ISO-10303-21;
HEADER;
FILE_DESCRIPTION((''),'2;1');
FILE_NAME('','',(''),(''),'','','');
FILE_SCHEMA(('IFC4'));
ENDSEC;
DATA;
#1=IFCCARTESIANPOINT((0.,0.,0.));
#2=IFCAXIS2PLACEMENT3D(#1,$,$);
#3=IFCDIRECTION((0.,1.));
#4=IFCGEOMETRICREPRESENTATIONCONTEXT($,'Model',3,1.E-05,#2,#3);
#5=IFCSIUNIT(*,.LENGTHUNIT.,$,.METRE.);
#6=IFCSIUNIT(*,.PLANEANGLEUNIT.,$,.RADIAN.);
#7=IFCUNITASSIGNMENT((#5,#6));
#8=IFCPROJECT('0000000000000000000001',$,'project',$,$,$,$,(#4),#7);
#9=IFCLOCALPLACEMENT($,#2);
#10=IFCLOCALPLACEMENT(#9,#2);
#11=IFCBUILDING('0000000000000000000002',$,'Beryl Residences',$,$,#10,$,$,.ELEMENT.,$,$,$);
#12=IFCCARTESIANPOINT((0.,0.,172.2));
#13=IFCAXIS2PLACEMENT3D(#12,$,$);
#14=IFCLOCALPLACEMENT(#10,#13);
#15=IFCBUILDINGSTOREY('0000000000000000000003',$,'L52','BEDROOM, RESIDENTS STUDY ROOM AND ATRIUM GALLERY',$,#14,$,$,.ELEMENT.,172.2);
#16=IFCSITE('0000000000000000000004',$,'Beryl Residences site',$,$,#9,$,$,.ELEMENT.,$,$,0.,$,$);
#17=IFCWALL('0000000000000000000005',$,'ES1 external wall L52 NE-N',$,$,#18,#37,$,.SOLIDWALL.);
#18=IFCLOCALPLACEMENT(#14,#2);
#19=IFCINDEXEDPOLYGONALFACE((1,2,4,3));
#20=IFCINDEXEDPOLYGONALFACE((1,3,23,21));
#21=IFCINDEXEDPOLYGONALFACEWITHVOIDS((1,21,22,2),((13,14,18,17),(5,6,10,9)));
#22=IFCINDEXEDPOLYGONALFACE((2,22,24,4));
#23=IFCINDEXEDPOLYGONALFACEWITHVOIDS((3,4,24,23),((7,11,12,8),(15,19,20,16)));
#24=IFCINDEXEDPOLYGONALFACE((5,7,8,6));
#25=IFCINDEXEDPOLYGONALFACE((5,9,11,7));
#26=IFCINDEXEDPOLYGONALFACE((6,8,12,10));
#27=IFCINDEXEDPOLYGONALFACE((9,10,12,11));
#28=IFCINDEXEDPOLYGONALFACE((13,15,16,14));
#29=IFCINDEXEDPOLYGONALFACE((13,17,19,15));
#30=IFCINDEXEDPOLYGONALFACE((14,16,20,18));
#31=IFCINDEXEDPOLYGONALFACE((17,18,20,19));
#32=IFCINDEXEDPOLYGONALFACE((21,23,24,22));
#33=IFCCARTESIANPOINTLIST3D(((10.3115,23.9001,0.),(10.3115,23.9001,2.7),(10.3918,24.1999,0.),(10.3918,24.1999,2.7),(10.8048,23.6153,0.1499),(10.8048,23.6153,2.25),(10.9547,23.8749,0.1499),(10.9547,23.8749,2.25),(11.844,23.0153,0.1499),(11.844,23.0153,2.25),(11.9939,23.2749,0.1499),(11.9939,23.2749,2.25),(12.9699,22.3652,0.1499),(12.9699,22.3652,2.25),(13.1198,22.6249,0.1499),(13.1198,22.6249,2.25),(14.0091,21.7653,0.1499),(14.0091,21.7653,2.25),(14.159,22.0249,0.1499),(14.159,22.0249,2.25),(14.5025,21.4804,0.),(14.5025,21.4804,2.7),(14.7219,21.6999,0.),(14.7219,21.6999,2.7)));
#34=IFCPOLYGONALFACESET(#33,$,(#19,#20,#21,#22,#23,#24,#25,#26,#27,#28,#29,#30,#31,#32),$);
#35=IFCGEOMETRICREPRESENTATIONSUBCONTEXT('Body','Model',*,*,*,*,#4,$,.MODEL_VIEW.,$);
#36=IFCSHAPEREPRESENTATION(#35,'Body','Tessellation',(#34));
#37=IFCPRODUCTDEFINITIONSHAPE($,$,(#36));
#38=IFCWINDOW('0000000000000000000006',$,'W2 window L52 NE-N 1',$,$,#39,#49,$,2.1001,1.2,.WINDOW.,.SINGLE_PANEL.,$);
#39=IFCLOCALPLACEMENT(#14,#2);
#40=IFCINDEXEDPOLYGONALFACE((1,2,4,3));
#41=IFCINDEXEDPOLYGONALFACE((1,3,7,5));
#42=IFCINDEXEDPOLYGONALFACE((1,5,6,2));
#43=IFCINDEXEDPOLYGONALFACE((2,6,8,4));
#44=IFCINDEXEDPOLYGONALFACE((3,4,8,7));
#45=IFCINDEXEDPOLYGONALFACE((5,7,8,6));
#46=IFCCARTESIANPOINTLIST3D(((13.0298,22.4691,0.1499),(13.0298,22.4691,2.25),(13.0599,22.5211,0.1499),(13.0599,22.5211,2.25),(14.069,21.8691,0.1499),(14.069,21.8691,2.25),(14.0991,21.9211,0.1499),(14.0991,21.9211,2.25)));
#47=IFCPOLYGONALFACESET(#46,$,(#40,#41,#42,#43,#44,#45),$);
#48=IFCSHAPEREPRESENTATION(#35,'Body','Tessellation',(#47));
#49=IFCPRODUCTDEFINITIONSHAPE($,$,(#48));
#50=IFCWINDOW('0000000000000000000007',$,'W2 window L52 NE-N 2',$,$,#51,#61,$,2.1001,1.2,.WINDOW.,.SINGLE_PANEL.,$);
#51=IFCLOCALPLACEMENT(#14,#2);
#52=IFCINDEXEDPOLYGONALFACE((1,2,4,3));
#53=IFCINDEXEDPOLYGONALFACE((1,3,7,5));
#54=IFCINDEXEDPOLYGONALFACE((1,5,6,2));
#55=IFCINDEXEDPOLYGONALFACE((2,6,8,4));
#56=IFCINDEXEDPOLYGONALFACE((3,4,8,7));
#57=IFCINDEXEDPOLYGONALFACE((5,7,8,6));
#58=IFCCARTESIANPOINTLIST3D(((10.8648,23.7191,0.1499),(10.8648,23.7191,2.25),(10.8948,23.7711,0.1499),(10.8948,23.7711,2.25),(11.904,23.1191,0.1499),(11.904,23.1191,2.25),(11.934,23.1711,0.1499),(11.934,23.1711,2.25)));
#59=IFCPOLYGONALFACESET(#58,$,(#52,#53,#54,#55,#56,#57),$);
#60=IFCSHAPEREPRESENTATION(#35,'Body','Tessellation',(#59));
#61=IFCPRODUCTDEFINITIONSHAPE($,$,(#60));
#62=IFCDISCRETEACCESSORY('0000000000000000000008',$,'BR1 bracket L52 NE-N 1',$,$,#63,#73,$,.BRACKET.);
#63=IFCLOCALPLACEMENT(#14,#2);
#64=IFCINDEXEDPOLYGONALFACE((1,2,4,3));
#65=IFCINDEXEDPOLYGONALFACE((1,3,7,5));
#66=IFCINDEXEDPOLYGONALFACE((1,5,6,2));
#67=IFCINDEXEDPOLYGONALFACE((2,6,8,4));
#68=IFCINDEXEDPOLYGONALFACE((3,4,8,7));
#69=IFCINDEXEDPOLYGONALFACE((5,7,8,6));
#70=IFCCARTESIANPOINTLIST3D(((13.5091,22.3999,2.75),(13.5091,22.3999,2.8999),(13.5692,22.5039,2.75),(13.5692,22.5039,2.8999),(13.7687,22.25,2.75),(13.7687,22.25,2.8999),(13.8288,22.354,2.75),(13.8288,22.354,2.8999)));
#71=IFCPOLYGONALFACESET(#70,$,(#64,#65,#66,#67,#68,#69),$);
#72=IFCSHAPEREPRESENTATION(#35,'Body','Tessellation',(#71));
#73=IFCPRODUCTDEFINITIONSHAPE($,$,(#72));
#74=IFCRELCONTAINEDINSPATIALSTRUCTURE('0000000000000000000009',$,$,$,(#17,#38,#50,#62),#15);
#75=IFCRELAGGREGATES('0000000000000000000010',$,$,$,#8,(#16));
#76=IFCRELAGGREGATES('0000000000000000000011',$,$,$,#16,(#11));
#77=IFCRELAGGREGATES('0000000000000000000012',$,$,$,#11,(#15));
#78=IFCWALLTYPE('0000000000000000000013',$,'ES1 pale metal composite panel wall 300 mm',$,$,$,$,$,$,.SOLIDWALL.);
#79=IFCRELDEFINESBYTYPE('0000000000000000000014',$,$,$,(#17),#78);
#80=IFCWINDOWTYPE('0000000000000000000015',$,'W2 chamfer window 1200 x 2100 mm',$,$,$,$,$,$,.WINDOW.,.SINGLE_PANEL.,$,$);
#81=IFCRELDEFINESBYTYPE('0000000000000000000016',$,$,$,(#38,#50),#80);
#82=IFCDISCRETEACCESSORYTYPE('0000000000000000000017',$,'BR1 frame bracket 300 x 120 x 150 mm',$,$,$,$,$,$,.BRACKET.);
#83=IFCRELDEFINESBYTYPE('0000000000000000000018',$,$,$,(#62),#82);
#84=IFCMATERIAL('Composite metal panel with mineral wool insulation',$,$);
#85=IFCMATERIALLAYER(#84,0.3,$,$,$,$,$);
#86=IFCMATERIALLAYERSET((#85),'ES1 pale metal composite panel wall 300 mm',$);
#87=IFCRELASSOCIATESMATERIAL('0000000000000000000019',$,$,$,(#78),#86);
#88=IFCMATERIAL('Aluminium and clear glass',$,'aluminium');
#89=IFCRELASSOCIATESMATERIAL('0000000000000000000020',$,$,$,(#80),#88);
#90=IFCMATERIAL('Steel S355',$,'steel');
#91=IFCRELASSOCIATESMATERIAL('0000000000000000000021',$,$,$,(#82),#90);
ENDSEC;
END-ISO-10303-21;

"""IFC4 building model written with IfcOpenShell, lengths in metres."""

from ifc_helpers import new_model, si_unit, direction, frame, frame_2d, origin, place, context, subcontext, project, spatial, polyline, rectangle, outline, extrude, source, transform, mapped, material, layer, layer_set, type_object, type_shapes, element, fill, save


model = new_model("IFC4")

# Units and contexts
model_context = context("Model", 3, precision=1e-05, world=origin(), true_north=direction((0.0, 1.0)))
body_context = subcontext(model_context, "Body", "Model", "MODEL_VIEW")
ifc_project = project(units=[si_unit("LENGTHUNIT", "METRE"), si_unit("PLANEANGLEUNIT", "RADIAN")], contexts=[model_context])

# Site, building, storey
site_placement = place(None, origin())
site = spatial("IfcSite", under=ifc_project, at=site_placement, Name="Beryl Residences site", CompositionType="ELEMENT", RefElevation=0.0)
building_placement = place(site_placement, origin())
building = spatial("IfcBuilding", under=site, at=building_placement, Name="Beryl Residences", CompositionType="ELEMENT")
storey_placement = place(building_placement, frame((0.0, 0.0, 172.2)))
storey = spatial("IfcBuildingStorey", under=building, at=storey_placement, Name="L52", Description="BEDROOM, RESIDENTS STUDY ROOM AND ATRIUM GALLERY", CompositionType="ELEMENT", Elevation=172.2)

# Wall, openings, windows
ifc_material_1 = material(Name="Composite metal panel with mineral wool insulation")
ifc_layer = layer(ifc_material_1, 0.3)
ifc_layer_set = layer_set([ifc_layer], Name="ES1 pale metal composite panel wall 300 mm")
wall_type = type_object("IfcWallType", Name="ES1 pale metal composite panel wall 300 mm", PredefinedType="SOLIDWALL", material=ifc_layer_set)
wall_1_placement = place(storey_placement, frame((14.647, 21.5701, 0.0), z_axis=(0.0, 0.0, 1.0), x_axis=(-0.866023, 0.500004, 0.0)))
wall_1 = element("IfcWall", 1, at=wall_1_placement, inside=storey, type_object=wall_type, Name="ES1 external wall L52 NE-N", PredefinedType="SOLIDWALL", context=body_context, shape_type="SweptSolid", body=[
    extrude(outline(polyline([(0.0, -0.1499), (5.0, -0.1499), (4.9197, 0.1499), (0.0803, 0.1499), (0.0, -0.1499)])), origin(), (0.0, 0.0, 1.0), 2.7),
])
opening_1_placement = place(wall_1_placement, frame((0.6499, 0.0, 0.1499)))
opening_1 = element("IfcOpeningElement", 2, at=opening_1_placement, cuts=wall_1, PredefinedType="OPENING", context=body_context, shape_type="SweptSolid", body=[
    extrude(rectangle(XDim=1.2, YDim=2.1001, at=frame_2d((0.6001, 1.05))), frame((0.0, 0.1599, 0.0), z_axis=(0.0, -1.0, 0.0), x_axis=(1.0, 0.0, 0.0)), (0.0, 0.0, 1.0), 0.3201),
])
opening_2_placement = place(wall_1_placement, frame((3.1499, 0.0, 0.1499)))
opening_2 = element("IfcOpeningElement", 3, at=opening_2_placement, cuts=wall_1, PredefinedType="OPENING", context=body_context, shape_type="SweptSolid", body=[
    extrude(rectangle(XDim=1.2, YDim=2.1001, at=frame_2d((0.6001, 1.05))), frame((0.0, 0.1599, 0.0), z_axis=(0.0, -1.0, 0.0), x_axis=(1.0, 0.0, 0.0)), (0.0, 0.0, 1.0), 0.3201),
])
ifc_material_2 = material(Name="Aluminium and clear glass", Category="aluminium")
window_type_1 = type_object("IfcWindowType", Name="W2 chamfer window 1200 x 2100 mm", PartitioningType="SINGLE_PANEL", PredefinedType="WINDOW", material=ifc_material_2)
window_1_placement = place(opening_1_placement, origin())
window_1 = element("IfcWindow", 4, at=window_1_placement, inside=storey, type_object=window_type_1, Name="W2 window L52 NE-N 1", OverallHeight=2.1001, OverallWidth=1.2, PartitioningType="SINGLE_PANEL", PredefinedType="WINDOW", context=body_context, shape_type="SweptSolid", body=[
    extrude(rectangle(XDim=1.2, YDim=2.1001, at=frame_2d((0.6001, 1.05))), frame((0.0, 0.03, 0.0), z_axis=(0.0, -1.0, 0.0), x_axis=(1.0, 0.0, 0.0)), (0.0, 0.0, 1.0), 0.0601),
])
fill(opening_1, window_1)
window_2_placement = place(opening_2_placement, origin())
window_2 = element("IfcWindow", 5, at=window_2_placement, inside=storey, type_object=window_type_1, Name="W2 window L52 NE-N 2", OverallHeight=2.1001, OverallWidth=1.2, PartitioningType="SINGLE_PANEL", PredefinedType="WINDOW", context=body_context, shape_type="SweptSolid", body=[
    extrude(rectangle(XDim=1.2, YDim=2.1001, at=frame_2d((0.6001, 1.05))), frame((0.0, 0.03, 0.0), z_axis=(0.0, -1.0, 0.0), x_axis=(1.0, 0.0, 0.0)), (0.0, 0.0, 1.0), 0.0601),
])
fill(opening_2, window_2)

# Discrete accessory
ifc_material_3 = material(Name="Steel S355", Category="steel")
discrete_accessory_type = type_object("IfcDiscreteAccessoryType", Name="BR1 frame bracket 300 x 120 x 150 mm", PredefinedType="BRACKET", material=ifc_material_3)
shared_shape_1 = source(origin(), body_context, "Body", "SweptSolid", [
    extrude(outline(polyline([(-0.1499, 0.0), (0.1499, 0.0), (0.1499, 0.1201), (-0.1499, 0.1201), (-0.1499, 0.0)])), origin(), (0.0, 0.0, 1.0), 0.1499),
])
type_shapes(discrete_accessory_type, [shared_shape_1])
discrete_accessory_placement = place(storey_placement, frame((13.6389, 22.325, 2.75), z_axis=(0.0, 0.0, 1.0), x_axis=(0.866025, -0.5, 0.0)))
element("IfcDiscreteAccessory", 6, at=discrete_accessory_placement, inside=storey, type_object=discrete_accessory_type, Name="BR1 bracket L52 NE-N 1", PredefinedType="BRACKET", context=body_context, shape_type="MappedRepresentation", body=[
    mapped(shared_shape_1, transform((0.0, 0.0, 0.0))),
])

save(model, "model.ifc")
